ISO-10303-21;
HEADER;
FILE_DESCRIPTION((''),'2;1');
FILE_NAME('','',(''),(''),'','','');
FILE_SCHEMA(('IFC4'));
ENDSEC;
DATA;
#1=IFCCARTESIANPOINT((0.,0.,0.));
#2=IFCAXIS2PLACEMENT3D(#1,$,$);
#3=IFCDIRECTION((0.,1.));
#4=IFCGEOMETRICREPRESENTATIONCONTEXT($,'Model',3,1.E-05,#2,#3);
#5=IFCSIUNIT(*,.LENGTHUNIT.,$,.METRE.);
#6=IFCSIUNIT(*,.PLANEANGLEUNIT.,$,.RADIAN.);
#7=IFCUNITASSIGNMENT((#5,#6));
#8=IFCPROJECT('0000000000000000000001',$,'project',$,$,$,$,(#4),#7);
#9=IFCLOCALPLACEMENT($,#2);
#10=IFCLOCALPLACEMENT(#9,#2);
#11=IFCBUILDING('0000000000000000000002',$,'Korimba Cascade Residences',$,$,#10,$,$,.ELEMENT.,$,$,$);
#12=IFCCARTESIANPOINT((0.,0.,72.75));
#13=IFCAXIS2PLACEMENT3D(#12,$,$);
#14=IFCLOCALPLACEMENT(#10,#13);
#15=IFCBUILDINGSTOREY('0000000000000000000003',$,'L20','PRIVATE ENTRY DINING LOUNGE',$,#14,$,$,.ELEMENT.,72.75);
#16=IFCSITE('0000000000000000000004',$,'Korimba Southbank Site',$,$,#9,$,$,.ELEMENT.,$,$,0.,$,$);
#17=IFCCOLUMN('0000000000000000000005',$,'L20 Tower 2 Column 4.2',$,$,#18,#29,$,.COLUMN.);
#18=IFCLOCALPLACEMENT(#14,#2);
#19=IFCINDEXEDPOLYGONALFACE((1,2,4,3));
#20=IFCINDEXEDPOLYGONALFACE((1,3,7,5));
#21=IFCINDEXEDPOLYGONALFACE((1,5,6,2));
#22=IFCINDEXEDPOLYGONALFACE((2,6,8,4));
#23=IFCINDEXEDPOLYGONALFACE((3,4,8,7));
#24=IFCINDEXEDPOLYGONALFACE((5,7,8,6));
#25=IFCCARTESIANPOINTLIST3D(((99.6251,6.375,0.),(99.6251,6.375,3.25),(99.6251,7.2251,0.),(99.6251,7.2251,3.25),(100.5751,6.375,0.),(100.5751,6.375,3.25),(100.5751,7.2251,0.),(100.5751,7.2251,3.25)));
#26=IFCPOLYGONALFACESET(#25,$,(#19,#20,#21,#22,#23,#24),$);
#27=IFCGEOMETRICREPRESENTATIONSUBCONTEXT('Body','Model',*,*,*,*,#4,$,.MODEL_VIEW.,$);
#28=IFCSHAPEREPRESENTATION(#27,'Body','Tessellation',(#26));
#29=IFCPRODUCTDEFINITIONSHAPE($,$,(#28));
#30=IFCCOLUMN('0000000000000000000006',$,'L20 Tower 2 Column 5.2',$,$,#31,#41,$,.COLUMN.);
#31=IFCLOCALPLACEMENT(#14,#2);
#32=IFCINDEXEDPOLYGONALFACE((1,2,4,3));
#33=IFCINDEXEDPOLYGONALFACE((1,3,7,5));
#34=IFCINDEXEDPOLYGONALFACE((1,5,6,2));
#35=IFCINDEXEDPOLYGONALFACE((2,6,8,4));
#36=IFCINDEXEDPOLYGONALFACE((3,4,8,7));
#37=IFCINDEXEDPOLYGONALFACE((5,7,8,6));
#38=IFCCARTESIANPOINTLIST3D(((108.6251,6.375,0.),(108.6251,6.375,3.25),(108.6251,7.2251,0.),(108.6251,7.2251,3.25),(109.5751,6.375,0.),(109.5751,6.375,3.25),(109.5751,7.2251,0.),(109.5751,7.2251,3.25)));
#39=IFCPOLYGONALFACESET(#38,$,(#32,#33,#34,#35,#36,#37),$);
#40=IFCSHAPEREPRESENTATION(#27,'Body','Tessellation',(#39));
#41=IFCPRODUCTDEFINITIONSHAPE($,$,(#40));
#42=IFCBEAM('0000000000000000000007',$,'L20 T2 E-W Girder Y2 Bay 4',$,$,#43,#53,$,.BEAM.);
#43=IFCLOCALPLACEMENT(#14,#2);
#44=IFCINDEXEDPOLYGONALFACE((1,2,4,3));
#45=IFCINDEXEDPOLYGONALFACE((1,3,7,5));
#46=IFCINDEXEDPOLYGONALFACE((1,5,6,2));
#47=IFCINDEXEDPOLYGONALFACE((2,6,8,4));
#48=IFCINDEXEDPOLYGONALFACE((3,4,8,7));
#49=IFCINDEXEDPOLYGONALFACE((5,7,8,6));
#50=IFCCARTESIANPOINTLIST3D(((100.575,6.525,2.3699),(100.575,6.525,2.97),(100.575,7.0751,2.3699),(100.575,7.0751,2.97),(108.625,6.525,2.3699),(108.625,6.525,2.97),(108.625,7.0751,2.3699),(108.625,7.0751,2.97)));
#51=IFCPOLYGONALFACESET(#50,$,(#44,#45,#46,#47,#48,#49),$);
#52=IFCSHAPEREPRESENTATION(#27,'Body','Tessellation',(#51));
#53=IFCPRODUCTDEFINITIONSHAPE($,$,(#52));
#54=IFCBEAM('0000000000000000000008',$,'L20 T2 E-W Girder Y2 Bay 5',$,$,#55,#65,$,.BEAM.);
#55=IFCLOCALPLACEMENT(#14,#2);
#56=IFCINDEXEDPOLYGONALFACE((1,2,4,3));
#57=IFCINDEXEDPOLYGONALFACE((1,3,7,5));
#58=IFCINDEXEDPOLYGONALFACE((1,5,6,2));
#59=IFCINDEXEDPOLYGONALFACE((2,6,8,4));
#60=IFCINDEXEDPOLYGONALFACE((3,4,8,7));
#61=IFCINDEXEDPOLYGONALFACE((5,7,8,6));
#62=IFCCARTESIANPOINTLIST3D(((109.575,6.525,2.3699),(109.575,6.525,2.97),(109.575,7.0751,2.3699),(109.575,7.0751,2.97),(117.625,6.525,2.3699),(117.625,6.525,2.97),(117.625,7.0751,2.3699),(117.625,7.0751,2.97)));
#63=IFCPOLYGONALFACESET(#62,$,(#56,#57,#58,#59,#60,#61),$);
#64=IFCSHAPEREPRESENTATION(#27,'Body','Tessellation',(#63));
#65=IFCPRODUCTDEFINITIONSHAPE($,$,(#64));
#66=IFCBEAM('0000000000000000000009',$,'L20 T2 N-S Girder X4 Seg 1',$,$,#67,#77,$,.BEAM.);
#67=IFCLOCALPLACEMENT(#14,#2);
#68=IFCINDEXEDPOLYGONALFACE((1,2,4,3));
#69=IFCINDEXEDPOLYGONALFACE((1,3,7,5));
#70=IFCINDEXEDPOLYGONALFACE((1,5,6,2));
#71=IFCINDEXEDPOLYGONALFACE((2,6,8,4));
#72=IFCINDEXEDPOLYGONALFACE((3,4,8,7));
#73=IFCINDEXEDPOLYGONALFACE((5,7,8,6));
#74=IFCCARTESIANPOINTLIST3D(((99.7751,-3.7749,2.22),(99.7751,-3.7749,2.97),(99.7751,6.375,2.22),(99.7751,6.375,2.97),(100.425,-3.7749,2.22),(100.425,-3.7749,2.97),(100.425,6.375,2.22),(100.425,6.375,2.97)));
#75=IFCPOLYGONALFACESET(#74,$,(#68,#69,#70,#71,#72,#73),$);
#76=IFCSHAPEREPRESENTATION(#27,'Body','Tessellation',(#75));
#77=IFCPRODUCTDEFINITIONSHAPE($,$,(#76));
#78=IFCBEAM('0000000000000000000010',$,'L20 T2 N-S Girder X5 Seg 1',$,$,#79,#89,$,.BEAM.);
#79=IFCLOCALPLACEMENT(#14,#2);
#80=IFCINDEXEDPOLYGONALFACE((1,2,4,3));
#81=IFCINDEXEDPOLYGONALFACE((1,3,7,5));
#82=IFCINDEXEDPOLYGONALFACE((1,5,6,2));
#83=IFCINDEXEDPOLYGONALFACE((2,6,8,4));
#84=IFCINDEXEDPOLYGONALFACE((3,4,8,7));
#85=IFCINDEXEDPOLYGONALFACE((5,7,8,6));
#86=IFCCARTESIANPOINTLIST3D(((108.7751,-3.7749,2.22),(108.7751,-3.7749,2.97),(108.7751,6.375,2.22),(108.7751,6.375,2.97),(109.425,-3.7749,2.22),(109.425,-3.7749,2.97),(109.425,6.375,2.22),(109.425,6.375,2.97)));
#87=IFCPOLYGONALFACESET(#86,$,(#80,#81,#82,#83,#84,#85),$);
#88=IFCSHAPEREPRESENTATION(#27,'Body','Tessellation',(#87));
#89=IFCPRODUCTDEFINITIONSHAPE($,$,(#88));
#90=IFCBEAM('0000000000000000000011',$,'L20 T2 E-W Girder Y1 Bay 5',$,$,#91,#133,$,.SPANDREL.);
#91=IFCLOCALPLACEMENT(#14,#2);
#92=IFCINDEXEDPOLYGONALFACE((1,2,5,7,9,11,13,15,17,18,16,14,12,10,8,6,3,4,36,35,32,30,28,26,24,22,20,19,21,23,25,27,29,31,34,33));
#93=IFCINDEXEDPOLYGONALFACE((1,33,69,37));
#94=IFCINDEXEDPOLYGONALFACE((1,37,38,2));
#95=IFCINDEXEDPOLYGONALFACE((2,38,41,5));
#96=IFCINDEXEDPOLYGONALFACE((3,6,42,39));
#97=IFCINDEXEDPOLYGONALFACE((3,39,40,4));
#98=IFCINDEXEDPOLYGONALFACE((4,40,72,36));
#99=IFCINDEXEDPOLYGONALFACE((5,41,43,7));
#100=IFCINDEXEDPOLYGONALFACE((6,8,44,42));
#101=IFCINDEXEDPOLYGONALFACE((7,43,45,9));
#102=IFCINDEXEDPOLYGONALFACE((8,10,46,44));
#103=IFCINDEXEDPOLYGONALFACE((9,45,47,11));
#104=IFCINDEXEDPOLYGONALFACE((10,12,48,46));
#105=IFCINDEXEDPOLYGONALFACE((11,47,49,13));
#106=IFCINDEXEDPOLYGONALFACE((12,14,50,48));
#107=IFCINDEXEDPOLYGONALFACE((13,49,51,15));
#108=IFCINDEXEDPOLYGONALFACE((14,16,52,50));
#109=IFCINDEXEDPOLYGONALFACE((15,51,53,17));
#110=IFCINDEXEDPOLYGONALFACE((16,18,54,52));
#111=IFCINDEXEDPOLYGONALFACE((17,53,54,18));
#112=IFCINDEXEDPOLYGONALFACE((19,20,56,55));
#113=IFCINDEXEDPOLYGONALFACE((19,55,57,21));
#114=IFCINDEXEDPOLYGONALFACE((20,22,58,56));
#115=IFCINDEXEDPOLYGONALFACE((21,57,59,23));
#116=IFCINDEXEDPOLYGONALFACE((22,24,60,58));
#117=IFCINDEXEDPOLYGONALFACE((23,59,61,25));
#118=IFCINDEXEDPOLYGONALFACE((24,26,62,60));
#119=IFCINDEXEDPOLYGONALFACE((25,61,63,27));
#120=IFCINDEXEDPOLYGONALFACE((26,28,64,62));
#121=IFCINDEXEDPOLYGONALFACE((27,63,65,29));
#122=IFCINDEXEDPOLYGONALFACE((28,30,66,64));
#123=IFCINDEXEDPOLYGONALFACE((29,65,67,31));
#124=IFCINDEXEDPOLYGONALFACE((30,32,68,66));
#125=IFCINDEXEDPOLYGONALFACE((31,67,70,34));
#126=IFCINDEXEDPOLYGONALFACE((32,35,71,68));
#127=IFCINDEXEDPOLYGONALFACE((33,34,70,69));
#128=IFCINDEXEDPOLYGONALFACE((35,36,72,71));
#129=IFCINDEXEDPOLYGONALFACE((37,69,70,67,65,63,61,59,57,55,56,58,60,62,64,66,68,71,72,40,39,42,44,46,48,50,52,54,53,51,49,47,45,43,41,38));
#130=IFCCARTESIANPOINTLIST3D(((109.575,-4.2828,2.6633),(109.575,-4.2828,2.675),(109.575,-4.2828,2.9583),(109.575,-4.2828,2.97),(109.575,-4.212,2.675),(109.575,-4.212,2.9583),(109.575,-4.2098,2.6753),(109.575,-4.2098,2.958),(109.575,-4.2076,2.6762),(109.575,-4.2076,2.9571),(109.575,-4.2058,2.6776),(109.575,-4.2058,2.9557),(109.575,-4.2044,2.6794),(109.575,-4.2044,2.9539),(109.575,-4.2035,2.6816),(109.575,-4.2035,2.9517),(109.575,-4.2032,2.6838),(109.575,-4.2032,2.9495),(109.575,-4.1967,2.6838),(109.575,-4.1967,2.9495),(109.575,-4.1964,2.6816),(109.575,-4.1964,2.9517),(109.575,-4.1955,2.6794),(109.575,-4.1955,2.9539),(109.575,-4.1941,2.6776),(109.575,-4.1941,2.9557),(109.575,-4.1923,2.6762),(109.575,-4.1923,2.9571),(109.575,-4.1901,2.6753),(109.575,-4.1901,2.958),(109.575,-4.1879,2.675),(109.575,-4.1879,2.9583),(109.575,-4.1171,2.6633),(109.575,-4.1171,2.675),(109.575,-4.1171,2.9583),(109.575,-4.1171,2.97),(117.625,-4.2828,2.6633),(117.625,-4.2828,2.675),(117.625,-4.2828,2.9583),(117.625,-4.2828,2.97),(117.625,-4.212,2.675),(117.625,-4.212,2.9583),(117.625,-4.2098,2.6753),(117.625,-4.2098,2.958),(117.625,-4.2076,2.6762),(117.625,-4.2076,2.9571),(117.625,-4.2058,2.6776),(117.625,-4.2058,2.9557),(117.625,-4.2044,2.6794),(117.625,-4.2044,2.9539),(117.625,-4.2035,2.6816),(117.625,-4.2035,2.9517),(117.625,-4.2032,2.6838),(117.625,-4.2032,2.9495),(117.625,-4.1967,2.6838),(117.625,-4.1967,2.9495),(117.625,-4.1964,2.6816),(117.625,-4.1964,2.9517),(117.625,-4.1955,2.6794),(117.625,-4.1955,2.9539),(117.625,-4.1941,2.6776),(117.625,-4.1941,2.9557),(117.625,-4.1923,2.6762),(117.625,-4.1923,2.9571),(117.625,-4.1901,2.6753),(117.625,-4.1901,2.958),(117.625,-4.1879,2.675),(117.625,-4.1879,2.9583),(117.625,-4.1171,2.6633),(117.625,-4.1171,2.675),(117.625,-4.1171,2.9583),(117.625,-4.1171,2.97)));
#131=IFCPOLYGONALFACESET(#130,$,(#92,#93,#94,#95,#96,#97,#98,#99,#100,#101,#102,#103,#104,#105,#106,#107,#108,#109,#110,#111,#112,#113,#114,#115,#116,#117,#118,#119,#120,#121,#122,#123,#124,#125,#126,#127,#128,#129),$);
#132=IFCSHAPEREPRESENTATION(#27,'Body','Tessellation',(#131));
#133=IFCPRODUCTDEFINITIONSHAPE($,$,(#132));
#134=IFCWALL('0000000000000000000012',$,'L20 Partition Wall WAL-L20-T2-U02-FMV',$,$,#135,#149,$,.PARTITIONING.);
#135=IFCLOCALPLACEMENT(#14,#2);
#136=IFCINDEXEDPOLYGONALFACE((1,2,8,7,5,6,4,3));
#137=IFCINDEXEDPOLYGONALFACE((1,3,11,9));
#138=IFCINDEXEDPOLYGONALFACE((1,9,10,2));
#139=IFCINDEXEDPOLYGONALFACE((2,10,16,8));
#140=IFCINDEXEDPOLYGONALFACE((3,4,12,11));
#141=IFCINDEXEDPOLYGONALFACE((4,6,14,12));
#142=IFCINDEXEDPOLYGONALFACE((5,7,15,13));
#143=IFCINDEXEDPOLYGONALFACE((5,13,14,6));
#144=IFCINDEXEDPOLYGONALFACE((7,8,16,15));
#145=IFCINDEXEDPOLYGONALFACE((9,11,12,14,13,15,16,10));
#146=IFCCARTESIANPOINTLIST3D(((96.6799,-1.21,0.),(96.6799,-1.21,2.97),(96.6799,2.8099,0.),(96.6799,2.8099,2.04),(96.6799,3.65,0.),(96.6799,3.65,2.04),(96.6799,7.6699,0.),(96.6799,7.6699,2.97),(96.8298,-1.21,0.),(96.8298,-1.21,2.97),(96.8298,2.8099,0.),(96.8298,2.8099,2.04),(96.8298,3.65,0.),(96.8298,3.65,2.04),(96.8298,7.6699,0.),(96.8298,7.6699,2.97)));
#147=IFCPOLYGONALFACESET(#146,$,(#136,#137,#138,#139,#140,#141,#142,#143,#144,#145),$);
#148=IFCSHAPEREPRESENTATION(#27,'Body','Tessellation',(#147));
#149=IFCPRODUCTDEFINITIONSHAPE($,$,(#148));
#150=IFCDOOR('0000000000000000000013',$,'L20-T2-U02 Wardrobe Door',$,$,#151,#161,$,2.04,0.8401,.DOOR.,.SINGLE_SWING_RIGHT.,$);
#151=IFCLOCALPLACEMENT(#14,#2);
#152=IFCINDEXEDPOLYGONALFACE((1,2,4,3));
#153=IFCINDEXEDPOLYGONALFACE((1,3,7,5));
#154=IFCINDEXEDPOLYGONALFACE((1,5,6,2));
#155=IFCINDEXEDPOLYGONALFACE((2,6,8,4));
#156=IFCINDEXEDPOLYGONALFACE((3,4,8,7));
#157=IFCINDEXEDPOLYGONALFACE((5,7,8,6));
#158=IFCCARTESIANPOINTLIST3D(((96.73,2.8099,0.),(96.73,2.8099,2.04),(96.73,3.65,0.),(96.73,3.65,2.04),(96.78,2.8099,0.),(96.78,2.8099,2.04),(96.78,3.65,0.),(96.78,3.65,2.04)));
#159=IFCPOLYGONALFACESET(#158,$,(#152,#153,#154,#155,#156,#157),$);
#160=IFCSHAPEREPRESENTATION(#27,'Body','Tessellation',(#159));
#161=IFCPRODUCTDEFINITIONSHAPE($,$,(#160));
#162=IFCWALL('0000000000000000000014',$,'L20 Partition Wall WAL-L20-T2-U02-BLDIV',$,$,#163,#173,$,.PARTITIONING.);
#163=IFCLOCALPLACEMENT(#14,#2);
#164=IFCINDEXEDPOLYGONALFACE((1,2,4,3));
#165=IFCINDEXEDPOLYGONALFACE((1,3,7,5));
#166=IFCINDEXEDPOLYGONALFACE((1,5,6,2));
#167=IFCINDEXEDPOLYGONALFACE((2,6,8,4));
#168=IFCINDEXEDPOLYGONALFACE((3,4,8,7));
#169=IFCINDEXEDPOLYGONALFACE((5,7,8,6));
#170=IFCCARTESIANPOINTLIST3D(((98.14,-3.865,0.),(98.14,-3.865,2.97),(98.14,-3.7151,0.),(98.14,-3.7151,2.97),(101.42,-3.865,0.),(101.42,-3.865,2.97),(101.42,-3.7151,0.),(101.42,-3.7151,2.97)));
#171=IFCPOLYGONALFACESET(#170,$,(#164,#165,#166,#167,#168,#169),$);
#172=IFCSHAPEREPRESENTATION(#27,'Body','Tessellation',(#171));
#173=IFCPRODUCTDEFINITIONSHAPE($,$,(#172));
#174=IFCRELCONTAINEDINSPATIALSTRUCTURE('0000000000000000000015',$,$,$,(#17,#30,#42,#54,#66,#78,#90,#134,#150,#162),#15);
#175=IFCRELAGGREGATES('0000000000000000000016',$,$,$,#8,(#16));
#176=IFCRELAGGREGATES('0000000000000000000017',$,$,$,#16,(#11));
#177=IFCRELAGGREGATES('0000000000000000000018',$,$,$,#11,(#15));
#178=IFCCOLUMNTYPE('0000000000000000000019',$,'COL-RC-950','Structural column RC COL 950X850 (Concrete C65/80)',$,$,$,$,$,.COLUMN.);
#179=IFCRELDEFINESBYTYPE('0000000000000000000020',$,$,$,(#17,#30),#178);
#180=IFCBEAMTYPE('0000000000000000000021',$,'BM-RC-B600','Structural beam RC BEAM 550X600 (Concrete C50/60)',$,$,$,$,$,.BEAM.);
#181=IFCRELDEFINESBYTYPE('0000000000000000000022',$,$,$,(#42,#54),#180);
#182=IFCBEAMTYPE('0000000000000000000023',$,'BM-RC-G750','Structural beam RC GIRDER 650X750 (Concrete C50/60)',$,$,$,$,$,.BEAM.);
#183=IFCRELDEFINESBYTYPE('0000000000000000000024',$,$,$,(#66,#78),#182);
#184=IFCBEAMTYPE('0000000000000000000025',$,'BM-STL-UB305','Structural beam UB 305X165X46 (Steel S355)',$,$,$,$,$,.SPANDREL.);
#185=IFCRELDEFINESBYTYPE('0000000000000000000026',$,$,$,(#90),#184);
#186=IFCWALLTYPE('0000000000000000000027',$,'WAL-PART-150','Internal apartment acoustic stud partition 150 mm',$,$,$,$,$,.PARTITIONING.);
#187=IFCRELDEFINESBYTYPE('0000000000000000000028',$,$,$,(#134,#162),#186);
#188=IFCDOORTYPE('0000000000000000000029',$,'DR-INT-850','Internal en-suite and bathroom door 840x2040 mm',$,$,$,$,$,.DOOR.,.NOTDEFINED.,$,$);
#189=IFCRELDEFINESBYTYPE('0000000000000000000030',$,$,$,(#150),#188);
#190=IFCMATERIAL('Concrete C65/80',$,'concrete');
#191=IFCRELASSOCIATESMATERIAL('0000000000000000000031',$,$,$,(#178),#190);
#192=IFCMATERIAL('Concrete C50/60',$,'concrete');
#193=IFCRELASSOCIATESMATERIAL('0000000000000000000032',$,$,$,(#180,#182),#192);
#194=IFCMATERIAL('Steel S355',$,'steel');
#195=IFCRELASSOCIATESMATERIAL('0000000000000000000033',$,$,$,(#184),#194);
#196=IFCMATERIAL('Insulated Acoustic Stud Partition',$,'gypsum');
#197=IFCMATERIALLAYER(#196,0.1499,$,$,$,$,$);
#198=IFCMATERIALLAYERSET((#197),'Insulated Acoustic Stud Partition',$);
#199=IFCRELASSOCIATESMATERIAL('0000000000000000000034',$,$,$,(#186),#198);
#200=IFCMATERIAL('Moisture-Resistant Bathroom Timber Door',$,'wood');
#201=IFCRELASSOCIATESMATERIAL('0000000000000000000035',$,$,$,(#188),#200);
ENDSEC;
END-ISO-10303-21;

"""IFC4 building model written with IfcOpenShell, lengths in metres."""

from ifc_helpers import new_model, si_unit, direction, frame, frame_2d, origin, origin_2d, place, context, subcontext, project, spatial, rectangle, i_section, extrude, material, layer, layer_set, material_profile, profile_set, type_object, element, fill, save


model = new_model("IFC4")

# Units and contexts
model_context = context("Model", 3, precision=1e-05, world=origin(), true_north=direction((0.0, 1.0)))
body_context = subcontext(model_context, "Body", "Model", "MODEL_VIEW")
ifc_project = project(units=[si_unit("LENGTHUNIT", "METRE"), si_unit("PLANEANGLEUNIT", "RADIAN")], contexts=[model_context])

# Site, building, storey
site_placement = place(None, origin())
site = spatial("IfcSite", under=ifc_project, at=site_placement, Name="Korimba Southbank Site", CompositionType="ELEMENT", RefElevation=0.0)
building_placement = place(site_placement, origin())
building = spatial("IfcBuilding", under=site, at=building_placement, Name="Korimba Cascade Residences", CompositionType="ELEMENT")
storey_placement = place(building_placement, frame((0.0, 0.0, 72.75)))
storey = spatial("IfcBuildingStorey", under=building, at=storey_placement, Name="L20", Description="PRIVATE ENTRY DINING LOUNGE", CompositionType="ELEMENT", Elevation=72.75)

# Columns
ifc_material_1 = material(Name="Concrete C65/80", Category="concrete")
ifc_material_profile_1 = material_profile(ifc_material_1, rectangle(XDim=0.95, YDim=0.8501, at=origin_2d()), Name="Concrete C65/80")
ifc_profile_set_1 = profile_set([ifc_material_profile_1], Name="Concrete C65/80")
column_type = type_object("IfcColumnType", Name="COL-RC-950", Description="Structural column RC COL 950X850 (Concrete C65/80)", PredefinedType="COLUMN", material=ifc_profile_set_1)
for number, where, z_axis, x_axis, name in (
    (1, (100.1001, 6.8, 0.0), (0.0, 0.0, 1.0), (1.0, 0.0, 0.0), "L20 Tower 2 Column 4.2"),
    (2, (109.1001, 6.8, 0.0), (0.0, 0.0, 1.0), (1.0, 0.0, 0.0), "L20 Tower 2 Column 5.2"),
):
    element("IfcColumn", number, at=place(storey_placement, frame(where, z_axis=z_axis, x_axis=x_axis)), inside=storey, type_object=column_type, Name=name, PredefinedType="COLUMN", context=body_context, shape_type="SweptSolid", body=[
        extrude(rectangle(XDim=0.95, YDim=0.8501, at=origin_2d()), origin(), (0.0, 0.0, 1.0), 3.25),
    ])

# Beams
ifc_material_2 = material(Name="Concrete C50/60", Category="concrete")
ifc_material_profile_2 = material_profile(ifc_material_2, rectangle(XDim=0.55, YDim=0.6001, at=origin_2d()), Name="Concrete C50/60")
ifc_profile_set_2 = profile_set([ifc_material_profile_2], Name="Concrete C50/60")
beam_type_1 = type_object("IfcBeamType", Name="BM-RC-B600", Description="Structural beam RC BEAM 550X600 (Concrete C50/60)", PredefinedType="BEAM", material=ifc_profile_set_2)
for number, where, z_axis, x_axis, name in (
    (3, (100.575, 6.8, 2.6699), (1.0, 0.0, 0.0), (0.0, 1.0, 0.0), "L20 T2 E-W Girder Y2 Bay 4"),
    (4, (109.575, 6.8, 2.6699), (1.0, 0.0, 0.0), (0.0, 1.0, 0.0), "L20 T2 E-W Girder Y2 Bay 5"),
):
    element("IfcBeam", number, at=place(storey_placement, frame(where, z_axis=z_axis, x_axis=x_axis)), inside=storey, type_object=beam_type_1, Name=name, PredefinedType="BEAM", context=body_context, shape_type="SweptSolid", body=[
        extrude(rectangle(XDim=0.55, YDim=0.6001, at=origin_2d()), origin(), (0.0, 0.0, 1.0), 8.05),
    ])
ifc_material_profile_3 = material_profile(ifc_material_2, rectangle(XDim=0.6499, YDim=0.75, at=origin_2d()), Name="Concrete C50/60")
ifc_profile_set_3 = profile_set([ifc_material_profile_3], Name="Concrete C50/60")
beam_type_2 = type_object("IfcBeamType", Name="BM-RC-G750", Description="Structural beam RC GIRDER 650X750 (Concrete C50/60)", PredefinedType="BEAM", material=ifc_profile_set_3)
for number, where, z_axis, x_axis, name in (
    (5, (100.1001, -3.7749, 2.595), (0.0, 1.0, 0.0), (-1.0, 0.0, 0.0), "L20 T2 N-S Girder X4 Seg 1"),
    (6, (109.1001, -3.7749, 2.595), (0.0, 1.0, 0.0), (-1.0, 0.0, 0.0), "L20 T2 N-S Girder X5 Seg 1"),
):
    element("IfcBeam", number, at=place(storey_placement, frame(where, z_axis=z_axis, x_axis=x_axis)), inside=storey, type_object=beam_type_2, Name=name, PredefinedType="BEAM", context=body_context, shape_type="SweptSolid", body=[
        extrude(rectangle(XDim=0.6499, YDim=0.75, at=origin_2d()), origin(), (0.0, 0.0, 1.0), 10.1499),
    ])
ifc_material_3 = material(Name="Steel S355", Category="steel")
ifc_material_profile_4 = material_profile(ifc_material_3, i_section(OverallWidth=0.1658, OverallDepth=0.3066, WebThickness=0.0066, FlangeThickness=0.0117, FilletRadius=0.0088, at=origin_2d()), Name="Steel S355")
ifc_profile_set_4 = profile_set([ifc_material_profile_4], Name="Steel S355")
beam_type_3 = type_object("IfcBeamType", Name="BM-STL-UB305", Description="Structural beam UB 305X165X46 (Steel S355)", PredefinedType="SPANDREL", material=ifc_profile_set_4)
beam_placement = place(storey_placement, frame((109.575, -4.2, 2.8167), z_axis=(1.0, 0.0, 0.0), x_axis=(0.0, 1.0, 0.0)))
element("IfcBeam", 7, at=beam_placement, inside=storey, type_object=beam_type_3, Name="L20 T2 E-W Girder Y1 Bay 5", PredefinedType="SPANDREL", context=body_context, shape_type="SweptSolid", body=[
    extrude(i_section(OverallWidth=0.1658, OverallDepth=0.3066, WebThickness=0.0066, FlangeThickness=0.0117, FilletRadius=0.0088, at=origin_2d()), origin(), (0.0, 0.0, 1.0), 8.05),
])

# Wall, opening, door
ifc_material_4 = material(Name="Insulated Acoustic Stud Partition", Category="gypsum")
ifc_layer = layer(ifc_material_4, 0.1499)
ifc_layer_set = layer_set([ifc_layer], Name="Insulated Acoustic Stud Partition")
wall_type = type_object("IfcWallType", Name="WAL-PART-150", Description="Internal apartment acoustic stud partition 150 mm", PredefinedType="PARTITIONING", material=ifc_layer_set)
wall_1_placement = place(storey_placement, frame((96.7549, -1.21, 0.0), z_axis=(0.0, 0.0, 1.0), x_axis=(0.0, 1.0, 0.0)))
wall_1 = element("IfcWall", 8, at=wall_1_placement, inside=storey, type_object=wall_type, Name="L20 Partition Wall WAL-L20-T2-U02-FMV", PredefinedType="PARTITIONING", context=body_context, shape_type="SweptSolid", body=[
    extrude(rectangle(XDim=8.8799, YDim=0.1499, at=frame_2d((4.4399, 0.0))), origin(), (0.0, 0.0, 1.0), 2.97),
])
opening_1_placement = place(wall_1_placement, frame((4.02, 0.0, 0.0)))
opening_1 = element("IfcOpeningElement", 9, at=opening_1_placement, cuts=wall_1, PredefinedType="OPENING", context=body_context, shape_type="SweptSolid", body=[
    extrude(rectangle(XDim=0.8401, YDim=2.04, at=frame_2d((0.4199, 1.02))), frame((0.0, 0.085, 0.0), z_axis=(0.0, -1.0, 0.0), x_axis=(1.0, 0.0, 0.0)), (0.0, 0.0, 1.0), 0.1699),
])
ifc_material_5 = material(Name="Moisture-Resistant Bathroom Timber Door", Category="wood")
door_type_1 = type_object("IfcDoorType", Name="DR-INT-850", Description="Internal en-suite and bathroom door 840x2040 mm", OperationType="NOTDEFINED", PredefinedType="DOOR", material=ifc_material_5)
door_1_placement = place(opening_1_placement, origin())
door_1 = element("IfcDoor", 10, at=door_1_placement, inside=storey, type_object=door_type_1, Name="L20-T2-U02 Wardrobe Door", OperationType="SINGLE_SWING_RIGHT", OverallHeight=2.04, OverallWidth=0.8401, PredefinedType="DOOR", context=body_context, shape_type="SweptSolid", body=[
    extrude(rectangle(XDim=0.8401, YDim=2.04, at=frame_2d((0.4199, 1.02))), frame((0.0, 0.0249, 0.0), z_axis=(0.0, -1.0, 0.0), x_axis=(1.0, 0.0, 0.0)), (0.0, 0.0, 1.0), 0.05),
])
fill(opening_1, door_1)

# Wall
wall_2_placement = place(storey_placement, frame((98.1399, -3.79, 0.0), z_axis=(0.0, 0.0, 1.0), x_axis=(1.0, 0.0, 0.0)))
element("IfcWall", 11, at=wall_2_placement, inside=storey, type_object=wall_type, Name="L20 Partition Wall WAL-L20-T2-U02-BLDIV", PredefinedType="PARTITIONING", context=body_context, shape_type="SweptSolid", body=[
    extrude(rectangle(XDim=3.28, YDim=0.1499, at=frame_2d((1.6401, 0.0))), origin(), (0.0, 0.0, 1.0), 2.97),
])

save(model, "model.ifc")
